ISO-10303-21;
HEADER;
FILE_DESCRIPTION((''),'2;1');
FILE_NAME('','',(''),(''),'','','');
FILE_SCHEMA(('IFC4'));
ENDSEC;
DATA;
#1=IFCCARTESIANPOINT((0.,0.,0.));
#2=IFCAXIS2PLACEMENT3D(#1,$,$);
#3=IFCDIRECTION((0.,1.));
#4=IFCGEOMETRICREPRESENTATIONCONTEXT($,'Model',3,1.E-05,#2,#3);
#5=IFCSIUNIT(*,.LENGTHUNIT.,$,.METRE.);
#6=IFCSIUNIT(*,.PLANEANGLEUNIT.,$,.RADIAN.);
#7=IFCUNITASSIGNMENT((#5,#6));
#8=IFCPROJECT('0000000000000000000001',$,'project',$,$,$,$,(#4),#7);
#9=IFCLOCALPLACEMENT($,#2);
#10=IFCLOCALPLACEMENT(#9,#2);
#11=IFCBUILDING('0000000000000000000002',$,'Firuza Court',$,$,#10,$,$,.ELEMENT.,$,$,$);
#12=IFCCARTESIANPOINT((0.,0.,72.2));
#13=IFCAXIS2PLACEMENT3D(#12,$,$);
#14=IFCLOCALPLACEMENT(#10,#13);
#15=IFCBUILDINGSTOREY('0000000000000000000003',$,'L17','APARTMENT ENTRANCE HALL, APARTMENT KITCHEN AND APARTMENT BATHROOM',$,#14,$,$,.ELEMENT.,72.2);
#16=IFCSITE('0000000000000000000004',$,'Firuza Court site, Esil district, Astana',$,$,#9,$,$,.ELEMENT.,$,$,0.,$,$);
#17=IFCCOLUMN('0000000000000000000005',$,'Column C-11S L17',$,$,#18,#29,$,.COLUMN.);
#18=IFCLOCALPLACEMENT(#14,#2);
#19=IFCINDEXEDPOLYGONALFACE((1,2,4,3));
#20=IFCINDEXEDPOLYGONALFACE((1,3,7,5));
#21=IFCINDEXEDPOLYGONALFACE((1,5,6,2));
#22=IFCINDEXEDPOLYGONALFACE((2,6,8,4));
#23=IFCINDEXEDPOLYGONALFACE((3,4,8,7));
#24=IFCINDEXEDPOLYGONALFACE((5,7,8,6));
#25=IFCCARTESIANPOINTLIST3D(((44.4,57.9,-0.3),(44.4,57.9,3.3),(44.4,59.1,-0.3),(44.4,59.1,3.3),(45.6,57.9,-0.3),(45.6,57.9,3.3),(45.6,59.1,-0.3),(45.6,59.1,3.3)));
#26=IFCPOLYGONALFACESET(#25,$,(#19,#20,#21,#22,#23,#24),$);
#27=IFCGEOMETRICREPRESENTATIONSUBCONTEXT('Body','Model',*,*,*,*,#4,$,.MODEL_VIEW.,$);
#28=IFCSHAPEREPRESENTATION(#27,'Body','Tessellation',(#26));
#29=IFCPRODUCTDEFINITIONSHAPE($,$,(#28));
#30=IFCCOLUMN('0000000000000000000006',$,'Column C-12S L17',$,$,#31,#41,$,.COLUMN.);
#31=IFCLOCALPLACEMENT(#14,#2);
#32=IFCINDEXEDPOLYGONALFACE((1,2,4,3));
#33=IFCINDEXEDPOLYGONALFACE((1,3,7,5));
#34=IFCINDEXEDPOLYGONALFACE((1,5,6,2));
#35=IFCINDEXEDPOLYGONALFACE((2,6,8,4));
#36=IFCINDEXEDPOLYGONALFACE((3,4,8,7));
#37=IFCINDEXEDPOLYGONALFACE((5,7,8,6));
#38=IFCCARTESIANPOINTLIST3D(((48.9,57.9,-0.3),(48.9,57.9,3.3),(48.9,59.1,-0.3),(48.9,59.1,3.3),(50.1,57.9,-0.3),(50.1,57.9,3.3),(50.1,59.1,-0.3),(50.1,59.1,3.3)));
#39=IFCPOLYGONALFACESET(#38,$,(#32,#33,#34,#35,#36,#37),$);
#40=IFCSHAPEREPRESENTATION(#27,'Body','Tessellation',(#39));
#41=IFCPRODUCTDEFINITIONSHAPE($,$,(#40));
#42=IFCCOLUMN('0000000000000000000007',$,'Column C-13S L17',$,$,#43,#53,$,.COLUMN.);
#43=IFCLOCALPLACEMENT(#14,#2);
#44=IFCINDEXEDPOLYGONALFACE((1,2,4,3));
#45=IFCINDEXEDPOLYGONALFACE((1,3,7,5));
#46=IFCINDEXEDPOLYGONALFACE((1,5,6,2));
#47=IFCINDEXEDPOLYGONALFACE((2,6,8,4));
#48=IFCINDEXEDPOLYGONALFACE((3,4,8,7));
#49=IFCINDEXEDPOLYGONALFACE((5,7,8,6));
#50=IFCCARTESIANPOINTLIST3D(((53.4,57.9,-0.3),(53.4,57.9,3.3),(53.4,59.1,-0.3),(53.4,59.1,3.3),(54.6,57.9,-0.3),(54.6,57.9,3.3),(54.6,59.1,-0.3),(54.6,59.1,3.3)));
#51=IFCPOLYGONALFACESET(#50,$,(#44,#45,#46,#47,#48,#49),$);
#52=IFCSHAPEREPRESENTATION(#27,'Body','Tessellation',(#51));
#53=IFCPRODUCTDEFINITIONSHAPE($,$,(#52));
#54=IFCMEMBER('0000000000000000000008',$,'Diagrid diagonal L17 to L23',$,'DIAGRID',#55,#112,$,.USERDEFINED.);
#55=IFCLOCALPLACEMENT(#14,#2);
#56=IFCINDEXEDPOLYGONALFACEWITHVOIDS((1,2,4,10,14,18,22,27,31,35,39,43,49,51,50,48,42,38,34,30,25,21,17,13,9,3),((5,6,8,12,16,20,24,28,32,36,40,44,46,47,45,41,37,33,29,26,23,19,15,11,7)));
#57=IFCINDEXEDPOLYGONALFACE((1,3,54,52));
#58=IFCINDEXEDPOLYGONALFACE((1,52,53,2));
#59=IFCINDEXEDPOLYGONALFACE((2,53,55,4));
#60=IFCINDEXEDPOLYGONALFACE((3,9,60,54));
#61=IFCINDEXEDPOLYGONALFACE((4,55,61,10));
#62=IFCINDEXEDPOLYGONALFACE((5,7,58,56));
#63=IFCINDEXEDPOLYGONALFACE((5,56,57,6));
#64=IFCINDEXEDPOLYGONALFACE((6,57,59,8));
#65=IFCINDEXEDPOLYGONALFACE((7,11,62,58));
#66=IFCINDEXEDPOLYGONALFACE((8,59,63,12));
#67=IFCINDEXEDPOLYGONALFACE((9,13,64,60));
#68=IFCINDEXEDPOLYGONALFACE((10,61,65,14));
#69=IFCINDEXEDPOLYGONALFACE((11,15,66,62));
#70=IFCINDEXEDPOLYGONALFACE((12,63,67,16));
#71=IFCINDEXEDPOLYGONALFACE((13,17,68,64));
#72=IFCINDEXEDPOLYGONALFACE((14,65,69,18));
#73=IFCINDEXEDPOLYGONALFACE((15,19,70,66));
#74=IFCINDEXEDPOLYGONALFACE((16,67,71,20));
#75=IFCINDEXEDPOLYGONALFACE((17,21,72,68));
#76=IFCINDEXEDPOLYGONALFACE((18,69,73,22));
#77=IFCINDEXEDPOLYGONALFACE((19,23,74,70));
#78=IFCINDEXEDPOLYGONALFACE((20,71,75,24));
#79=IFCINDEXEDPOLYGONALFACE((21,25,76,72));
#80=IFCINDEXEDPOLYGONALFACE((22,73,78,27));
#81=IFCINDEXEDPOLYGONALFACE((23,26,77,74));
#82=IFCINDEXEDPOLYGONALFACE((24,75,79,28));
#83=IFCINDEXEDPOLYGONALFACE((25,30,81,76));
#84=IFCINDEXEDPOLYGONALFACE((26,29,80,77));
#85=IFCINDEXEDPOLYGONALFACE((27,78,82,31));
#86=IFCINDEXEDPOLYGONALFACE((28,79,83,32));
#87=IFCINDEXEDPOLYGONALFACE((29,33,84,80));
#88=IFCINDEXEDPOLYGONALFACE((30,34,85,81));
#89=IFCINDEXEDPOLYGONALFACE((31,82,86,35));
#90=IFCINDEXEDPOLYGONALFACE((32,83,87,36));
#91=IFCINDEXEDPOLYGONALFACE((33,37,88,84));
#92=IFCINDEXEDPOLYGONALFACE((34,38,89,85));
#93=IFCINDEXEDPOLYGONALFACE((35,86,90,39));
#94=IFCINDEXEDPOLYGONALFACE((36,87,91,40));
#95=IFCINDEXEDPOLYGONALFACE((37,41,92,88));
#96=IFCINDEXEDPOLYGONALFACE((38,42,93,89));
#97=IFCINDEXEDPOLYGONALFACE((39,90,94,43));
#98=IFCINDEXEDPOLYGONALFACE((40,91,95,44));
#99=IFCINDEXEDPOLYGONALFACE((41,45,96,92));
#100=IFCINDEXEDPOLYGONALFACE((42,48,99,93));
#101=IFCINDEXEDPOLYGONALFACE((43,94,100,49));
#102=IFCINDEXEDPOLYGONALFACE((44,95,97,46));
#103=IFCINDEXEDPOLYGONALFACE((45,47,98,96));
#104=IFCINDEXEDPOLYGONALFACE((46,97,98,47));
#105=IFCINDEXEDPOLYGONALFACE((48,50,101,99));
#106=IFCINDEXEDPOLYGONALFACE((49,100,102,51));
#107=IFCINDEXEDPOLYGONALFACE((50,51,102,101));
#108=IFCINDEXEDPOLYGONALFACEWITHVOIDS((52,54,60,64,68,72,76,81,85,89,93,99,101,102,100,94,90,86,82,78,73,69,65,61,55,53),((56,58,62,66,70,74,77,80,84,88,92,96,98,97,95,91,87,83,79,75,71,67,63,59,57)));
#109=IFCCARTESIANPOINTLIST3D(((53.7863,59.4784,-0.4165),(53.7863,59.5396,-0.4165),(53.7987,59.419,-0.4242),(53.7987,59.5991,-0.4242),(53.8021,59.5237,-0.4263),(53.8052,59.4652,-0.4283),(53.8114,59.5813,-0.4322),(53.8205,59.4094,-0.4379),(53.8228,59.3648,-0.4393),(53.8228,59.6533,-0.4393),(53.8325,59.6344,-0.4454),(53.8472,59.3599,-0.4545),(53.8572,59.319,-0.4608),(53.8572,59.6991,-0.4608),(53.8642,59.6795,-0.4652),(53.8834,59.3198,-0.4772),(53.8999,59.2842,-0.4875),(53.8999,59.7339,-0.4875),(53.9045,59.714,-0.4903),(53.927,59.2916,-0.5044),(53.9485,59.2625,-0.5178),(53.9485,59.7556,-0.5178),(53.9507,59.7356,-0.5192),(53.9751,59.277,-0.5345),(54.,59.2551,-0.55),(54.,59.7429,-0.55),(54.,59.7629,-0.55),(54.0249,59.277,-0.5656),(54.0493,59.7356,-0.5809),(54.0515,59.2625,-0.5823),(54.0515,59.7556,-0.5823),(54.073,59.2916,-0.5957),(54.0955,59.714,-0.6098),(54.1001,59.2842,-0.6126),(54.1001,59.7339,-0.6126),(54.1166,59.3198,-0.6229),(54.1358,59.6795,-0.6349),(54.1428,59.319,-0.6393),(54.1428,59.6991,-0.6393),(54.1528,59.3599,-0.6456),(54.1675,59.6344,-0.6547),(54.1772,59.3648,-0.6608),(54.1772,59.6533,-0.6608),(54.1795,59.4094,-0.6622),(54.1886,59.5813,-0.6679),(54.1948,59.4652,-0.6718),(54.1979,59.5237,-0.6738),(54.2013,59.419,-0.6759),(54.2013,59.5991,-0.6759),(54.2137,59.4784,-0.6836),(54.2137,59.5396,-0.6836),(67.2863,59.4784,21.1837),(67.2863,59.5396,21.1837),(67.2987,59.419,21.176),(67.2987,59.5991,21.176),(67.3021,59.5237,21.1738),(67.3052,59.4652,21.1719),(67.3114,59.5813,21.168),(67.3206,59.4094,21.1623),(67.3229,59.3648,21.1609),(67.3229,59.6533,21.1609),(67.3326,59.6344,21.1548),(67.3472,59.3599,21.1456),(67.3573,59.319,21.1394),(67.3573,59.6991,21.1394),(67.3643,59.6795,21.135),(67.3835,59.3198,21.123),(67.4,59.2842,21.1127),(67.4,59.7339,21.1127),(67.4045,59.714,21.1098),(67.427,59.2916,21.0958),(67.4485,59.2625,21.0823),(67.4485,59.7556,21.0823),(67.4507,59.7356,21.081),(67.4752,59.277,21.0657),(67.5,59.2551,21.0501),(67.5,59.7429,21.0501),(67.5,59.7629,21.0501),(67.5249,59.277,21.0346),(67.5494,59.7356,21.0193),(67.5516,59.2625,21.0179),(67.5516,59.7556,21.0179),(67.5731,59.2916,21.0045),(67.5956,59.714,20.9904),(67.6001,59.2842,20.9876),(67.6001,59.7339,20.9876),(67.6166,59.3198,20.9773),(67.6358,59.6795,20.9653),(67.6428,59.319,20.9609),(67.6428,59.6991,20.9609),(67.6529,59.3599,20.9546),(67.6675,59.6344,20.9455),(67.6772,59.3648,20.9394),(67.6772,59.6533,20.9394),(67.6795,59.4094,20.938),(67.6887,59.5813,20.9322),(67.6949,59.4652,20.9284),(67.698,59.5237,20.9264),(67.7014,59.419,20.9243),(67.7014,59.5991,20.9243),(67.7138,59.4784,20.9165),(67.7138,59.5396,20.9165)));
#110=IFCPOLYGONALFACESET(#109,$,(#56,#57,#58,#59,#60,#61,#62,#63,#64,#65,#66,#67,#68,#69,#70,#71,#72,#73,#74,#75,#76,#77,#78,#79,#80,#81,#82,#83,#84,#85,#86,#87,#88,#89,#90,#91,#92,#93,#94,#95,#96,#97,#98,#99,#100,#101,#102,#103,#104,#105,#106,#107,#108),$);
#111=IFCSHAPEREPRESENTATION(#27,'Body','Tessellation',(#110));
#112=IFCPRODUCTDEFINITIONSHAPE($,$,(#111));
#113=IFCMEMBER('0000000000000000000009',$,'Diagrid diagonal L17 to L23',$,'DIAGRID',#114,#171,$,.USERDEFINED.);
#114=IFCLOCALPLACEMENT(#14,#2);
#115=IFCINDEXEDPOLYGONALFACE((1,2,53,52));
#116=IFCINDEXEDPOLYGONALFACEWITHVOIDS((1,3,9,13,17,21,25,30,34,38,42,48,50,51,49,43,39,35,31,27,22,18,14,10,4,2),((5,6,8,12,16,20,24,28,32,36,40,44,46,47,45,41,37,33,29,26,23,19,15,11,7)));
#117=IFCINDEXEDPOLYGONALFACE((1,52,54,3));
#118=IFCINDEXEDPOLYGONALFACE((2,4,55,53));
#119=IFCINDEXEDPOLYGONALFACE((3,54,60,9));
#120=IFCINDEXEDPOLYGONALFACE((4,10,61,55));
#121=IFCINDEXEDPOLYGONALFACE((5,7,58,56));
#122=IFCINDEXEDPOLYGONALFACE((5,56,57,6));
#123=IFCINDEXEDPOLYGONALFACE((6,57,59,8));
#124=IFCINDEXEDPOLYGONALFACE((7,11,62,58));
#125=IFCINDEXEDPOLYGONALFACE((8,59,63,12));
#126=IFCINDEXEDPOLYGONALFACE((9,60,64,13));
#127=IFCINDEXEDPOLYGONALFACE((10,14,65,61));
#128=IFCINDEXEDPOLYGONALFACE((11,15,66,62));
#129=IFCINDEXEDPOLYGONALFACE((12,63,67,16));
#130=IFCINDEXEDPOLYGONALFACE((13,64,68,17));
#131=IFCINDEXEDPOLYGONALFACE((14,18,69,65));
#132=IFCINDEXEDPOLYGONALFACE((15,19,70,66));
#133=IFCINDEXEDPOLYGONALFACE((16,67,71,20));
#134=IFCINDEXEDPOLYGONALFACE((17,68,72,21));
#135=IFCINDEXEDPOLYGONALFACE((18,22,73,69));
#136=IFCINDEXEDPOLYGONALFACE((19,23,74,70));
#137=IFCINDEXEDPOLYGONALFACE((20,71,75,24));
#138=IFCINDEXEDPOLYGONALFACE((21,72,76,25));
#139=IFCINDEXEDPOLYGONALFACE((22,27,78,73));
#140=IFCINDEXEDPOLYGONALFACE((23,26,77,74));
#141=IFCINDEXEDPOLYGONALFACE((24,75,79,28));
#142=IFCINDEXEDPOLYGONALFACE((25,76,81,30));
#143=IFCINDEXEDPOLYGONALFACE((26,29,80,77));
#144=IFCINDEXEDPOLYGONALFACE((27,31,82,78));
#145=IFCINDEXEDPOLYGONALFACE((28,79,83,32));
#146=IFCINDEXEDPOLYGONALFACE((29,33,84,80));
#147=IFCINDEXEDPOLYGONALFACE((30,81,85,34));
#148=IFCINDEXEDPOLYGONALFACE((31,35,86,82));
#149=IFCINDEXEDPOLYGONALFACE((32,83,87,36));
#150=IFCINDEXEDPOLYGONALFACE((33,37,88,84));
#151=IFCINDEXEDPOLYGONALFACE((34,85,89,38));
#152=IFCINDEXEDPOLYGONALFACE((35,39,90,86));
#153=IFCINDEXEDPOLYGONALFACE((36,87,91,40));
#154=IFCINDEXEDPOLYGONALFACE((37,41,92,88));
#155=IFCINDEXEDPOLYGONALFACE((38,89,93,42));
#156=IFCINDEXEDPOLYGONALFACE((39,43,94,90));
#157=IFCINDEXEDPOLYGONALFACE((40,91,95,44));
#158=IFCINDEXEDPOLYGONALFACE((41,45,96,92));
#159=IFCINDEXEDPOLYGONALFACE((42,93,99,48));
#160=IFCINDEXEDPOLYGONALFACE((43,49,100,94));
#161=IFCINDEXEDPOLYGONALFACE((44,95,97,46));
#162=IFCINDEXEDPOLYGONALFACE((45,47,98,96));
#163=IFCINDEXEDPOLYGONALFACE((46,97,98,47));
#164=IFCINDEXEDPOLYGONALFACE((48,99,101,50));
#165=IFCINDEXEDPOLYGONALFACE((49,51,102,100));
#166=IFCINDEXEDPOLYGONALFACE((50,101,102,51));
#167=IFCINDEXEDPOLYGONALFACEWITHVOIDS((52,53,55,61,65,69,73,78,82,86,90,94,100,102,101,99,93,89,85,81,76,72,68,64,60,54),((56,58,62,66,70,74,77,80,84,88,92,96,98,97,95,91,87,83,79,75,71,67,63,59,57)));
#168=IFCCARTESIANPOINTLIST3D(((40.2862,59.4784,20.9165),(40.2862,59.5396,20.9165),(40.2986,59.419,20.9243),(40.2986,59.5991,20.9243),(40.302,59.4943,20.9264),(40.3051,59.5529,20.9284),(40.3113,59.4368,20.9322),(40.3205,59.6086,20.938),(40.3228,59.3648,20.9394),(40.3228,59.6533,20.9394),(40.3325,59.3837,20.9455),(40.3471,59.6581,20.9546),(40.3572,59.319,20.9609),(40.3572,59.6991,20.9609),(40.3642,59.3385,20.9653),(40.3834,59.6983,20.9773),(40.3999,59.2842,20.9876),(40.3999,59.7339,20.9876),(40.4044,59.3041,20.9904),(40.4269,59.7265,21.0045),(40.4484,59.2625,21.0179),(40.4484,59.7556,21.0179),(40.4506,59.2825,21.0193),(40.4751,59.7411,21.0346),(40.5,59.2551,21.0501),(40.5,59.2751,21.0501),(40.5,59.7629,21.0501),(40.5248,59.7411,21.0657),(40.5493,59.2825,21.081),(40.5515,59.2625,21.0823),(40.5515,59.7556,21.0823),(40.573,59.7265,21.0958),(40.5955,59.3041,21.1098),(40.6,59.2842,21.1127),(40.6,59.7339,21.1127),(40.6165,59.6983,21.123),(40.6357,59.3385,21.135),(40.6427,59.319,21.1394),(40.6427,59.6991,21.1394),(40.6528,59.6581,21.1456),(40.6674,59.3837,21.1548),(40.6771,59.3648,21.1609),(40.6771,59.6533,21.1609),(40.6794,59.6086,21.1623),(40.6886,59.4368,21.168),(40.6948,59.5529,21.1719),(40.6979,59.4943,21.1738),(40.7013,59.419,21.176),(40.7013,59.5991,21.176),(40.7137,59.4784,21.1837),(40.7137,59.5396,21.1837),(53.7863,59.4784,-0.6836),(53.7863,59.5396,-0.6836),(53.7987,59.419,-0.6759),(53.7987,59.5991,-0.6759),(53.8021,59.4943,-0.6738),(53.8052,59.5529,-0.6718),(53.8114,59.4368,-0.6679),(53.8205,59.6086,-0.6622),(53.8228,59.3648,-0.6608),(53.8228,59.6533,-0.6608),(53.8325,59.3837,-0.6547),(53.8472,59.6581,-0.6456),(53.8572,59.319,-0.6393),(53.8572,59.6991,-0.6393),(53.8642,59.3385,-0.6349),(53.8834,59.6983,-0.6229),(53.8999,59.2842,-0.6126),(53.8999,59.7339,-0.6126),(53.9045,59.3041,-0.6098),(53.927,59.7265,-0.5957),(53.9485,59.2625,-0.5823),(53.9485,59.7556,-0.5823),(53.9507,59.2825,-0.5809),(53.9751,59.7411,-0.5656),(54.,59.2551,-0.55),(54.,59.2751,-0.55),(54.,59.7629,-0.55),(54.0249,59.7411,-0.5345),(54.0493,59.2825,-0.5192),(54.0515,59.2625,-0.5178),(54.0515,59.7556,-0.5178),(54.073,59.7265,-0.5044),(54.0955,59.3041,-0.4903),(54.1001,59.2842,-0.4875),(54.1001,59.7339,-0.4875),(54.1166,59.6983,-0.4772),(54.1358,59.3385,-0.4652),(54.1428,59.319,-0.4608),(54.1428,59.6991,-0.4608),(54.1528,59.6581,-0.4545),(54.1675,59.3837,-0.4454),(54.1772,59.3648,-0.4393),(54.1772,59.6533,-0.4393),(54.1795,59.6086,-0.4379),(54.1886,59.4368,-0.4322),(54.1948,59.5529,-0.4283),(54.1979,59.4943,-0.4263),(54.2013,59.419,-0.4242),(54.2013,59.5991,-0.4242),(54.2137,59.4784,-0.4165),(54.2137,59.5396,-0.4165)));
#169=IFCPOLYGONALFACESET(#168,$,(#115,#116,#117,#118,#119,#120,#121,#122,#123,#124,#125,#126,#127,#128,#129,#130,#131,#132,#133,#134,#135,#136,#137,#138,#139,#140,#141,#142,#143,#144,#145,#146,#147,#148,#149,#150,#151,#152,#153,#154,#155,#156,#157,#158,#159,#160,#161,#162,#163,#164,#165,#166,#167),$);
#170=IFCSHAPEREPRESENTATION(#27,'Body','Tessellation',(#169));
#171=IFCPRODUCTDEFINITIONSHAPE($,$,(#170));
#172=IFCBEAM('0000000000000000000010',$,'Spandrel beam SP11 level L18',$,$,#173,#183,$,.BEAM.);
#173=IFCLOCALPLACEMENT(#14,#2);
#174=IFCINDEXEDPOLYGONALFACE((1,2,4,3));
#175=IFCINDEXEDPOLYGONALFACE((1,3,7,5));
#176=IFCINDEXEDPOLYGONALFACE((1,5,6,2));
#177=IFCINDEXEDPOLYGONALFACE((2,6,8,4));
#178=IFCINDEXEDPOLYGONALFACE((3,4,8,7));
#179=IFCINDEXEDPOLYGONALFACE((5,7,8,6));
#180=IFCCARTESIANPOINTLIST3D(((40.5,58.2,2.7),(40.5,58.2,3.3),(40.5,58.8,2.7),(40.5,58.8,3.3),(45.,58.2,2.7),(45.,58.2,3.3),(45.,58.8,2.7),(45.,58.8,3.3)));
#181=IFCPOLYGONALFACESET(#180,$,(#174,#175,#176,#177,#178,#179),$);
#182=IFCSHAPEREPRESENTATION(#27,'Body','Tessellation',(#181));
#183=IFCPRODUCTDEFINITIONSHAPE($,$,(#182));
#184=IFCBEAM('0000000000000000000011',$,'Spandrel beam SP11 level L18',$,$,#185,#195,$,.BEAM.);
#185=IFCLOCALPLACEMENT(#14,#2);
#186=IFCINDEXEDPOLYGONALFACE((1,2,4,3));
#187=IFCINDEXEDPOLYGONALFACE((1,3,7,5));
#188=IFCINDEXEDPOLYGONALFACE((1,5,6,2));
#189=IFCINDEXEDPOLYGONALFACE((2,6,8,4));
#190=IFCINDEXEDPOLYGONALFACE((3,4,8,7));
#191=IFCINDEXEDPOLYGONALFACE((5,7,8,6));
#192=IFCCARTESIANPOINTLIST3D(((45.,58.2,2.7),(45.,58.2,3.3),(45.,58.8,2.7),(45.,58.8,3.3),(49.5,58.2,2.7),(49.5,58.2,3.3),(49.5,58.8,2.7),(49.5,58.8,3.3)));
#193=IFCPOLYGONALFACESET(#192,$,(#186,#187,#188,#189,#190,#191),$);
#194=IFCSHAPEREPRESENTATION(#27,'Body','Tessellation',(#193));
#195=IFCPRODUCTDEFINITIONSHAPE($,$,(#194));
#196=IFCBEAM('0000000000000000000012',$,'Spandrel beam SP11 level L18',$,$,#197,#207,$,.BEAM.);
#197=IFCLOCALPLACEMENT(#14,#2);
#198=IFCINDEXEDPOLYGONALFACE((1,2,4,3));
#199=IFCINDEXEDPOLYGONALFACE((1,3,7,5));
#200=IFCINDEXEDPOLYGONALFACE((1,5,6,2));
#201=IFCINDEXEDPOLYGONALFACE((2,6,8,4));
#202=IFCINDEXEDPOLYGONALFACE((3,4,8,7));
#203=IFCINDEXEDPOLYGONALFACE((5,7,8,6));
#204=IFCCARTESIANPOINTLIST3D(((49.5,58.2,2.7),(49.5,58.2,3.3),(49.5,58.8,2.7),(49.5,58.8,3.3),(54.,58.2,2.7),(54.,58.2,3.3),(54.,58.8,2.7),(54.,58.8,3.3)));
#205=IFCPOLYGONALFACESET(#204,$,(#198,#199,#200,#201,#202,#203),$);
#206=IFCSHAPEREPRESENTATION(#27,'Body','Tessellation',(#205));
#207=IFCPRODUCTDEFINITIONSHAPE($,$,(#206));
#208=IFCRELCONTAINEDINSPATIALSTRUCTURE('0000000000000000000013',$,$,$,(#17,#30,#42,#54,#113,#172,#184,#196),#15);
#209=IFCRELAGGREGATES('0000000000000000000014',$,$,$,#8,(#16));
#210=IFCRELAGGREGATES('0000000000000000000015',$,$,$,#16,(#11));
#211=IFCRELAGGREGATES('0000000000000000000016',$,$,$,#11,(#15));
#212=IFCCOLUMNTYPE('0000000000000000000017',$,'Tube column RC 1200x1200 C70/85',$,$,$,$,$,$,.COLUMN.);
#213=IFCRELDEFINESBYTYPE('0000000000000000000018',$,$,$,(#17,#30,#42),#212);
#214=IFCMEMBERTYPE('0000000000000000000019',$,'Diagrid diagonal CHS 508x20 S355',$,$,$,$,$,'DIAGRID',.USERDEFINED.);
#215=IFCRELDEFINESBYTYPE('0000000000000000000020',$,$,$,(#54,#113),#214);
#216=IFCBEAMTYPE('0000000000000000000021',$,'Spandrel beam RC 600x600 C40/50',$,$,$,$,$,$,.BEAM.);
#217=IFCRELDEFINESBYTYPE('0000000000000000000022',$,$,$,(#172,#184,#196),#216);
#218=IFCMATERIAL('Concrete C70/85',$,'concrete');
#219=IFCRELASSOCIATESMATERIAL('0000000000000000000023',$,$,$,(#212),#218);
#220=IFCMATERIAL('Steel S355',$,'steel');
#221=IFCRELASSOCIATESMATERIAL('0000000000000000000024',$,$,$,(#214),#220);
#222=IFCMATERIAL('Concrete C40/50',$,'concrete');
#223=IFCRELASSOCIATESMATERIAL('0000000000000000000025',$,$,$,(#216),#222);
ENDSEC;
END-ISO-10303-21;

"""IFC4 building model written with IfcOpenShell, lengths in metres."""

from ifc_helpers import new_model, si_unit, direction, frame, origin, origin_2d, place, context, subcontext, project, spatial, rectangle, hollow_circle, extrude, material, material_profile, profile_set, type_object, element, save


model = new_model("IFC4")

# Units and contexts
model_context = context("Model", 3, precision=1e-05, world=origin(), true_north=direction((0.0, 1.0)))
body_context = subcontext(model_context, "Body", "Model", "MODEL_VIEW")
ifc_project = project(units=[si_unit("LENGTHUNIT", "METRE"), si_unit("PLANEANGLEUNIT", "RADIAN")], contexts=[model_context])

# Site, building, storey
site_placement = place(None, origin())
site = spatial("IfcSite", under=ifc_project, at=site_placement, Name="Firuza Court site, Esil district, Astana", CompositionType="ELEMENT", RefElevation=0.0)
building_placement = place(site_placement, origin())
building = spatial("IfcBuilding", under=site, at=building_placement, Name="Firuza Court", CompositionType="ELEMENT")
storey_placement = place(building_placement, frame((0.0, 0.0, 72.2)))
storey = spatial("IfcBuildingStorey", under=building, at=storey_placement, Name="L17", Description="APARTMENT ENTRANCE HALL, APARTMENT KITCHEN AND APARTMENT BATHROOM", CompositionType="ELEMENT", Elevation=72.2)

# Columns
ifc_material_1 = material(Name="Concrete C70/85", Category="concrete")
ifc_material_profile_1 = material_profile(ifc_material_1, rectangle(XDim=1.2, YDim=1.2, at=origin_2d()), Name="RC 1200x1200")
ifc_profile_set_1 = profile_set([ifc_material_profile_1], Name="Concrete C70/85")
column_type = type_object("IfcColumnType", Name="Tube column RC 1200x1200 C70/85", PredefinedType="COLUMN", material=ifc_profile_set_1)
for number, where, z_axis, x_axis, name in (
    (1, (45.0, 58.5, -0.3), (0.0, 0.0, 1.0), (1.0, 0.0, 0.0), "Column C-11S L17"),
    (2, (49.5, 58.5, -0.3), (0.0, 0.0, 1.0), (1.0, 0.0, 0.0), "Column C-12S L17"),
    (3, (54.0, 58.5, -0.3), (0.0, 0.0, 1.0), (1.0, 0.0, 0.0), "Column C-13S L17"),
):
    element("IfcColumn", number, at=place(storey_placement, frame(where, z_axis=z_axis, x_axis=x_axis)), inside=storey, type_object=column_type, Name=name, PredefinedType="COLUMN", context=body_context, shape_type="SweptSolid", body=[
        extrude(rectangle(XDim=1.2, YDim=1.2, at=origin_2d()), origin(), (0.0, 0.0, 1.0), 3.6001),
    ])

# Members
ifc_material_2 = material(Name="Steel S355", Category="steel")
ifc_material_profile_2 = material_profile(ifc_material_2, hollow_circle(Radius=0.2539, WallThickness=0.02, at=origin_2d()), Name="CHS 508x20")
ifc_profile_set_2 = profile_set([ifc_material_profile_2], Name="Steel S355")
member_type = type_object("IfcMemberType", Name="Diagrid diagonal CHS 508x20 S355", ElementType="DIAGRID", PredefinedType="USERDEFINED", material=ifc_profile_set_2)
for number, where, z_axis, x_axis, name in (
    (4, (54.0, 59.509, -0.55), (0.529997, 0.0, 0.847999), (0.0, 1.0, 0.0), "Diagrid diagonal L17 to L23"),
    (5, (54.0, 59.509, -0.55), (-0.529997, 0.0, 0.847999), (0.0, -1.0, 0.0), "Diagrid diagonal L17 to L23"),
):
    element("IfcMember", number, at=place(storey_placement, frame(where, z_axis=z_axis, x_axis=x_axis)), inside=storey, type_object=member_type, Name=name, ObjectType="DIAGRID", PredefinedType="USERDEFINED", context=body_context, shape_type="SweptSolid", body=[
        extrude(hollow_circle(Radius=0.2539, WallThickness=0.02, at=origin_2d()), origin(), (0.0, 0.0, 1.0), 25.4719),
    ])

# Beams
ifc_material_3 = material(Name="Concrete C40/50", Category="concrete")
ifc_material_profile_3 = material_profile(ifc_material_3, rectangle(XDim=0.6001, YDim=0.6001, at=origin_2d()), Name="RC 600x600")
ifc_profile_set_3 = profile_set([ifc_material_profile_3], Name="Concrete C40/50")
beam_type = type_object("IfcBeamType", Name="Spandrel beam RC 600x600 C40/50", PredefinedType="BEAM", material=ifc_profile_set_3)
for number, where, z_axis, x_axis, name in (
    (6, (45.0, 58.5, 3.0), (-1.0, 0.0, 0.0), (0.0, -1.0, 0.0), "Spandrel beam SP11 level L18"),
    (7, (49.5, 58.5, 3.0), (-1.0, 0.0, 0.0), (0.0, -1.0, 0.0), "Spandrel beam SP11 level L18"),
    (8, (54.0, 58.5, 3.0), (-1.0, 0.0, 0.0), (0.0, -1.0, 0.0), "Spandrel beam SP11 level L18"),
):
    element("IfcBeam", number, at=place(storey_placement, frame(where, z_axis=z_axis, x_axis=x_axis)), inside=storey, type_object=beam_type, Name=name, PredefinedType="BEAM", context=body_context, shape_type="SweptSolid", body=[
        extrude(rectangle(XDim=0.6001, YDim=0.6001, at=origin_2d()), origin(), (0.0, 0.0, 1.0), 4.5),
    ])

save(model, "model.ifc")
